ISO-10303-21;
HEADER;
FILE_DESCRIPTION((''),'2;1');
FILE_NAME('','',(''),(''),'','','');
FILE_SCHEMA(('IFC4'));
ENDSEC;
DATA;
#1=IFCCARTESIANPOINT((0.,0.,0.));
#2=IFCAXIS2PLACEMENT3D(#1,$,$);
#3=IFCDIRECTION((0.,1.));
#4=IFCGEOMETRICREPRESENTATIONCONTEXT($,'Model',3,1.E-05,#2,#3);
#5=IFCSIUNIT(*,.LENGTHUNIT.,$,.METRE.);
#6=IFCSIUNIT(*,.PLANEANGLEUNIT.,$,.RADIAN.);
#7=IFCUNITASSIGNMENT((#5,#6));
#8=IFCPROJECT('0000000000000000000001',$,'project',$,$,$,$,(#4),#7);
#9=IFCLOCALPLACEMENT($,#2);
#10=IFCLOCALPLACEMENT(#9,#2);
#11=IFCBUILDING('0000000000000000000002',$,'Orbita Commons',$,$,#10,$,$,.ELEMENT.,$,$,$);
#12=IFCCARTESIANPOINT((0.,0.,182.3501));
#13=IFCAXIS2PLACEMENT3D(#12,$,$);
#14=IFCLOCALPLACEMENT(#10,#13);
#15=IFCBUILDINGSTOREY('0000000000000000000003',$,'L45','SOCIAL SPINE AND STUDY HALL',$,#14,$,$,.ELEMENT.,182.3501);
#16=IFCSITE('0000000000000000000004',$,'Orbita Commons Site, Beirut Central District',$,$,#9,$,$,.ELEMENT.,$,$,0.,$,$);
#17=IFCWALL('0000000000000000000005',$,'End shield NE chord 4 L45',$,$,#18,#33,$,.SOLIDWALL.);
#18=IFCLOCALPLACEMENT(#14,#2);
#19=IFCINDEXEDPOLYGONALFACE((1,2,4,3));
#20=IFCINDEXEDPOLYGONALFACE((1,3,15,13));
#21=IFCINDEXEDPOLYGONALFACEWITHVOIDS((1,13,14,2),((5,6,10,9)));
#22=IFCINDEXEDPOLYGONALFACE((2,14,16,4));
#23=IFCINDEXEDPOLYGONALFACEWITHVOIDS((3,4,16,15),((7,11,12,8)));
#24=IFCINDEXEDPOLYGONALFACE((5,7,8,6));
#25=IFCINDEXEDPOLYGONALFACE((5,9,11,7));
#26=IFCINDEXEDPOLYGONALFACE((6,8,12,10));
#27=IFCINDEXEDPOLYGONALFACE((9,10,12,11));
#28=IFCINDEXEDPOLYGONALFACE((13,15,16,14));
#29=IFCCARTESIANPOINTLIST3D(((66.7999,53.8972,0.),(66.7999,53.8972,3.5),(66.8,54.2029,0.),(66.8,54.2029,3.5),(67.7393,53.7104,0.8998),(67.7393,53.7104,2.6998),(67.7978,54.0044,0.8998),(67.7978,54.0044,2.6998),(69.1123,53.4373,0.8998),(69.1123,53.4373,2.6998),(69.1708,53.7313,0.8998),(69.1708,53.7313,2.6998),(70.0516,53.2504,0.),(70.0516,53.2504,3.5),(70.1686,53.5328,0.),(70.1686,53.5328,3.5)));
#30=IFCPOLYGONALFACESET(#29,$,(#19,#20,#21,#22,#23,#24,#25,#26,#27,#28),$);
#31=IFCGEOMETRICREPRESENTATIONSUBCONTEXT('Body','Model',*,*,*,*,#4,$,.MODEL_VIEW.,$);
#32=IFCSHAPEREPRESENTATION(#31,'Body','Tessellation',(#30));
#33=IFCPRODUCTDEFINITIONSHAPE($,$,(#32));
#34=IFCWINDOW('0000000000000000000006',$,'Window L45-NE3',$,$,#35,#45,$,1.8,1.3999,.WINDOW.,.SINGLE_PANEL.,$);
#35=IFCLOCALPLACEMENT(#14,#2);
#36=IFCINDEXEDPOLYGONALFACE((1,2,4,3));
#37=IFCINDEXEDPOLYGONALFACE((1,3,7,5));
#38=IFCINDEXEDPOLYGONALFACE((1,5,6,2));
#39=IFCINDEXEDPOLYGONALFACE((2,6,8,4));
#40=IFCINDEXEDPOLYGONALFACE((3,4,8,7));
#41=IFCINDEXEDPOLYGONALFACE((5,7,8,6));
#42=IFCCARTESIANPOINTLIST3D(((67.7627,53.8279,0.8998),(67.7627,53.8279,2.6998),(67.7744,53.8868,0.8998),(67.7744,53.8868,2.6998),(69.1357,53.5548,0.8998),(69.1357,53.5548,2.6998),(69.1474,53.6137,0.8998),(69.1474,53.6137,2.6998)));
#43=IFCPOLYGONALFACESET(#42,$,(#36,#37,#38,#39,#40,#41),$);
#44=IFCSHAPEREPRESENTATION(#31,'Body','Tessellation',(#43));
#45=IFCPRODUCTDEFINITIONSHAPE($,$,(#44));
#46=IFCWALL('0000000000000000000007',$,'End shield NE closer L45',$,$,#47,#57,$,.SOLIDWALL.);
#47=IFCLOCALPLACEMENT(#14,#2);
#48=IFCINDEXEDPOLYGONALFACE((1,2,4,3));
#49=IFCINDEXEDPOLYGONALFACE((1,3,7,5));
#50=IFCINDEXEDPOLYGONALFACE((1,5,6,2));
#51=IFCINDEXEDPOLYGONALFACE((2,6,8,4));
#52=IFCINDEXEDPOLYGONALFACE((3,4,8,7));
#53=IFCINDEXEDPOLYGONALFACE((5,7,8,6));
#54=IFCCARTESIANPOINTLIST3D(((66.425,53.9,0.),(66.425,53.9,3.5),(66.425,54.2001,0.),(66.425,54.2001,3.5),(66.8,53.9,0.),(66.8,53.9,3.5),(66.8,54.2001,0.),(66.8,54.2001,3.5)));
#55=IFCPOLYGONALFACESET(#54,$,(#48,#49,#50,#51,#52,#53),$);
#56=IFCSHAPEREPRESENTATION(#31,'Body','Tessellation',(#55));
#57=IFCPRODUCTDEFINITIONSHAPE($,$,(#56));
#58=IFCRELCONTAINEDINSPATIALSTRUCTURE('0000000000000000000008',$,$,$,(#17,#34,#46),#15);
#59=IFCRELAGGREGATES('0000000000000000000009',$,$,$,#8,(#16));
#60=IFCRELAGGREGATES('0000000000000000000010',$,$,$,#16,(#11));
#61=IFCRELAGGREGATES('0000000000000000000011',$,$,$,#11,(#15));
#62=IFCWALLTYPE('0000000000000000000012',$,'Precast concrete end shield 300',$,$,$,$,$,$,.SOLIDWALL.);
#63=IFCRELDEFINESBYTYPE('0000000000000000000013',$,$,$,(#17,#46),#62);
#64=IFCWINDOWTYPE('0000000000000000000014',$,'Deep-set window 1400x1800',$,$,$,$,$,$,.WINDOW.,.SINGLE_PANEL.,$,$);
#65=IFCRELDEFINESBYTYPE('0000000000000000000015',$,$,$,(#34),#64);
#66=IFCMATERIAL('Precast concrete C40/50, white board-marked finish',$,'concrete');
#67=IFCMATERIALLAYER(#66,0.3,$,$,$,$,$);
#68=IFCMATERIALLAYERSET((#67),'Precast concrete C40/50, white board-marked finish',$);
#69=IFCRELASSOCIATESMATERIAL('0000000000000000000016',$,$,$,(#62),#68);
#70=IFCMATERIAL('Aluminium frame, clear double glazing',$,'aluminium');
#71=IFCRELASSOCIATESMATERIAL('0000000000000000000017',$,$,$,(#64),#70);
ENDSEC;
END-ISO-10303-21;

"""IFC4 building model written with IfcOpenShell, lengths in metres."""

from ifc_helpers import new_model, si_unit, direction, frame, frame_2d, origin, place, context, subcontext, project, spatial, polyline, rectangle, outline, extrude, material, layer, layer_set, type_object, element, fill, save


model = new_model("IFC4")

# Units and contexts
model_context = context("Model", 3, precision=1e-05, world=origin(), true_north=direction((0.0, 1.0)))
body_context = subcontext(model_context, "Body", "Model", "MODEL_VIEW")
ifc_project = project(units=[si_unit("LENGTHUNIT", "METRE"), si_unit("PLANEANGLEUNIT", "RADIAN")], contexts=[model_context])

# Site, building, storey
site_placement = place(None, origin())
site = spatial("IfcSite", under=ifc_project, at=site_placement, Name="Orbita Commons Site, Beirut Central District", CompositionType="ELEMENT", RefElevation=0.0)
building_placement = place(site_placement, origin())
building = spatial("IfcBuilding", under=site, at=building_placement, Name="Orbita Commons", CompositionType="ELEMENT")
storey_placement = place(building_placement, frame((0.0, 0.0, 182.3501)))
storey = spatial("IfcBuildingStorey", under=building, at=storey_placement, Name="L45", Description="SOCIAL SPINE AND STUDY HALL", CompositionType="ELEMENT", Elevation=182.3501)

# Wall, opening, window
ifc_material_1 = material(Name="Precast concrete C40/50, white board-marked finish", Category="concrete")
ifc_layer_1 = layer(ifc_material_1, 0.3)
ifc_layer_set_1 = layer_set([ifc_layer_1], Name="Precast concrete C40/50, white board-marked finish")
wall_type_1 = type_object("IfcWallType", Name="Precast concrete end shield 300", PredefinedType="SOLIDWALL", material=ifc_layer_set_1)
ifc_material_2 = material(Name="Aluminium frame, clear double glazing", Category="aluminium")
window_type = type_object("IfcWindowType", Name="Deep-set window 1400x1800", PartitioningType="SINGLE_PANEL", PredefinedType="WINDOW", material=ifc_material_2)
wall_1_placement = place(storey_placement, frame((70.1101, 53.3916, 0.0), z_axis=(0.0, 0.0, 1.0), x_axis=(-0.980783, 0.1951, 0.0)))
wall_1 = element("IfcWall", 1, at=wall_1_placement, inside=storey, type_object=wall_type_1, Name="End shield NE chord 4 L45", PredefinedType="SOLIDWALL", context=body_context, shape_type="SweptSolid", body=[
    extrude(outline(polyline([(-0.0298, -0.1499), (3.4048, -0.1499), (3.3452, 0.1499), (0.0298, 0.1499), (-0.0298, -0.1499)])), origin(), (0.0, 0.0, 1.0), 3.5),
])
opening_1_placement = place(wall_1_placement, frame((0.9875, 0.0, 0.8999)))
opening_1 = element("IfcOpeningElement", 2, at=opening_1_placement, cuts=wall_1, PredefinedType="OPENING", context=body_context, shape_type="SweptSolid", body=[
    extrude(rectangle(XDim=1.3999, YDim=1.8, at=frame_2d((0.7, 0.8999))), frame((0.0, 0.1599, 0.0), z_axis=(0.0, -1.0, 0.0), x_axis=(1.0, 0.0, 0.0)), (0.0, 0.0, 1.0), 0.3201),
])
window_1_placement = place(opening_1_placement, origin())
window_1 = element("IfcWindow", 3, at=window_1_placement, inside=storey, type_object=window_type, Name="Window L45-NE3", OverallHeight=1.8, OverallWidth=1.3999, PartitioningType="SINGLE_PANEL", PredefinedType="WINDOW", context=body_context, shape_type="SweptSolid", body=[
    extrude(rectangle(XDim=1.3999, YDim=1.8, at=frame_2d((0.7, 0.8999))), frame((0.0, 0.03, 0.0), z_axis=(0.0, -1.0, 0.0), x_axis=(1.0, 0.0, 0.0)), (0.0, 0.0, 1.0), 0.0601),
])
fill(opening_1, window_1)

# Wall
wall_2_placement = place(storey_placement, frame((66.8, 54.05, 0.0), z_axis=(0.0, 0.0, 1.0), x_axis=(-1.0, 0.0, 0.0)))
element("IfcWall", 4, at=wall_2_placement, inside=storey, type_object=wall_type_1, Name="End shield NE closer L45", PredefinedType="SOLIDWALL", context=body_context, shape_type="SweptSolid", body=[
    extrude(rectangle(XDim=0.375, YDim=0.3, at=frame_2d((0.1875, 0.0))), origin(), (0.0, 0.0, 1.0), 3.5),
])

save(model, "model.ifc")
